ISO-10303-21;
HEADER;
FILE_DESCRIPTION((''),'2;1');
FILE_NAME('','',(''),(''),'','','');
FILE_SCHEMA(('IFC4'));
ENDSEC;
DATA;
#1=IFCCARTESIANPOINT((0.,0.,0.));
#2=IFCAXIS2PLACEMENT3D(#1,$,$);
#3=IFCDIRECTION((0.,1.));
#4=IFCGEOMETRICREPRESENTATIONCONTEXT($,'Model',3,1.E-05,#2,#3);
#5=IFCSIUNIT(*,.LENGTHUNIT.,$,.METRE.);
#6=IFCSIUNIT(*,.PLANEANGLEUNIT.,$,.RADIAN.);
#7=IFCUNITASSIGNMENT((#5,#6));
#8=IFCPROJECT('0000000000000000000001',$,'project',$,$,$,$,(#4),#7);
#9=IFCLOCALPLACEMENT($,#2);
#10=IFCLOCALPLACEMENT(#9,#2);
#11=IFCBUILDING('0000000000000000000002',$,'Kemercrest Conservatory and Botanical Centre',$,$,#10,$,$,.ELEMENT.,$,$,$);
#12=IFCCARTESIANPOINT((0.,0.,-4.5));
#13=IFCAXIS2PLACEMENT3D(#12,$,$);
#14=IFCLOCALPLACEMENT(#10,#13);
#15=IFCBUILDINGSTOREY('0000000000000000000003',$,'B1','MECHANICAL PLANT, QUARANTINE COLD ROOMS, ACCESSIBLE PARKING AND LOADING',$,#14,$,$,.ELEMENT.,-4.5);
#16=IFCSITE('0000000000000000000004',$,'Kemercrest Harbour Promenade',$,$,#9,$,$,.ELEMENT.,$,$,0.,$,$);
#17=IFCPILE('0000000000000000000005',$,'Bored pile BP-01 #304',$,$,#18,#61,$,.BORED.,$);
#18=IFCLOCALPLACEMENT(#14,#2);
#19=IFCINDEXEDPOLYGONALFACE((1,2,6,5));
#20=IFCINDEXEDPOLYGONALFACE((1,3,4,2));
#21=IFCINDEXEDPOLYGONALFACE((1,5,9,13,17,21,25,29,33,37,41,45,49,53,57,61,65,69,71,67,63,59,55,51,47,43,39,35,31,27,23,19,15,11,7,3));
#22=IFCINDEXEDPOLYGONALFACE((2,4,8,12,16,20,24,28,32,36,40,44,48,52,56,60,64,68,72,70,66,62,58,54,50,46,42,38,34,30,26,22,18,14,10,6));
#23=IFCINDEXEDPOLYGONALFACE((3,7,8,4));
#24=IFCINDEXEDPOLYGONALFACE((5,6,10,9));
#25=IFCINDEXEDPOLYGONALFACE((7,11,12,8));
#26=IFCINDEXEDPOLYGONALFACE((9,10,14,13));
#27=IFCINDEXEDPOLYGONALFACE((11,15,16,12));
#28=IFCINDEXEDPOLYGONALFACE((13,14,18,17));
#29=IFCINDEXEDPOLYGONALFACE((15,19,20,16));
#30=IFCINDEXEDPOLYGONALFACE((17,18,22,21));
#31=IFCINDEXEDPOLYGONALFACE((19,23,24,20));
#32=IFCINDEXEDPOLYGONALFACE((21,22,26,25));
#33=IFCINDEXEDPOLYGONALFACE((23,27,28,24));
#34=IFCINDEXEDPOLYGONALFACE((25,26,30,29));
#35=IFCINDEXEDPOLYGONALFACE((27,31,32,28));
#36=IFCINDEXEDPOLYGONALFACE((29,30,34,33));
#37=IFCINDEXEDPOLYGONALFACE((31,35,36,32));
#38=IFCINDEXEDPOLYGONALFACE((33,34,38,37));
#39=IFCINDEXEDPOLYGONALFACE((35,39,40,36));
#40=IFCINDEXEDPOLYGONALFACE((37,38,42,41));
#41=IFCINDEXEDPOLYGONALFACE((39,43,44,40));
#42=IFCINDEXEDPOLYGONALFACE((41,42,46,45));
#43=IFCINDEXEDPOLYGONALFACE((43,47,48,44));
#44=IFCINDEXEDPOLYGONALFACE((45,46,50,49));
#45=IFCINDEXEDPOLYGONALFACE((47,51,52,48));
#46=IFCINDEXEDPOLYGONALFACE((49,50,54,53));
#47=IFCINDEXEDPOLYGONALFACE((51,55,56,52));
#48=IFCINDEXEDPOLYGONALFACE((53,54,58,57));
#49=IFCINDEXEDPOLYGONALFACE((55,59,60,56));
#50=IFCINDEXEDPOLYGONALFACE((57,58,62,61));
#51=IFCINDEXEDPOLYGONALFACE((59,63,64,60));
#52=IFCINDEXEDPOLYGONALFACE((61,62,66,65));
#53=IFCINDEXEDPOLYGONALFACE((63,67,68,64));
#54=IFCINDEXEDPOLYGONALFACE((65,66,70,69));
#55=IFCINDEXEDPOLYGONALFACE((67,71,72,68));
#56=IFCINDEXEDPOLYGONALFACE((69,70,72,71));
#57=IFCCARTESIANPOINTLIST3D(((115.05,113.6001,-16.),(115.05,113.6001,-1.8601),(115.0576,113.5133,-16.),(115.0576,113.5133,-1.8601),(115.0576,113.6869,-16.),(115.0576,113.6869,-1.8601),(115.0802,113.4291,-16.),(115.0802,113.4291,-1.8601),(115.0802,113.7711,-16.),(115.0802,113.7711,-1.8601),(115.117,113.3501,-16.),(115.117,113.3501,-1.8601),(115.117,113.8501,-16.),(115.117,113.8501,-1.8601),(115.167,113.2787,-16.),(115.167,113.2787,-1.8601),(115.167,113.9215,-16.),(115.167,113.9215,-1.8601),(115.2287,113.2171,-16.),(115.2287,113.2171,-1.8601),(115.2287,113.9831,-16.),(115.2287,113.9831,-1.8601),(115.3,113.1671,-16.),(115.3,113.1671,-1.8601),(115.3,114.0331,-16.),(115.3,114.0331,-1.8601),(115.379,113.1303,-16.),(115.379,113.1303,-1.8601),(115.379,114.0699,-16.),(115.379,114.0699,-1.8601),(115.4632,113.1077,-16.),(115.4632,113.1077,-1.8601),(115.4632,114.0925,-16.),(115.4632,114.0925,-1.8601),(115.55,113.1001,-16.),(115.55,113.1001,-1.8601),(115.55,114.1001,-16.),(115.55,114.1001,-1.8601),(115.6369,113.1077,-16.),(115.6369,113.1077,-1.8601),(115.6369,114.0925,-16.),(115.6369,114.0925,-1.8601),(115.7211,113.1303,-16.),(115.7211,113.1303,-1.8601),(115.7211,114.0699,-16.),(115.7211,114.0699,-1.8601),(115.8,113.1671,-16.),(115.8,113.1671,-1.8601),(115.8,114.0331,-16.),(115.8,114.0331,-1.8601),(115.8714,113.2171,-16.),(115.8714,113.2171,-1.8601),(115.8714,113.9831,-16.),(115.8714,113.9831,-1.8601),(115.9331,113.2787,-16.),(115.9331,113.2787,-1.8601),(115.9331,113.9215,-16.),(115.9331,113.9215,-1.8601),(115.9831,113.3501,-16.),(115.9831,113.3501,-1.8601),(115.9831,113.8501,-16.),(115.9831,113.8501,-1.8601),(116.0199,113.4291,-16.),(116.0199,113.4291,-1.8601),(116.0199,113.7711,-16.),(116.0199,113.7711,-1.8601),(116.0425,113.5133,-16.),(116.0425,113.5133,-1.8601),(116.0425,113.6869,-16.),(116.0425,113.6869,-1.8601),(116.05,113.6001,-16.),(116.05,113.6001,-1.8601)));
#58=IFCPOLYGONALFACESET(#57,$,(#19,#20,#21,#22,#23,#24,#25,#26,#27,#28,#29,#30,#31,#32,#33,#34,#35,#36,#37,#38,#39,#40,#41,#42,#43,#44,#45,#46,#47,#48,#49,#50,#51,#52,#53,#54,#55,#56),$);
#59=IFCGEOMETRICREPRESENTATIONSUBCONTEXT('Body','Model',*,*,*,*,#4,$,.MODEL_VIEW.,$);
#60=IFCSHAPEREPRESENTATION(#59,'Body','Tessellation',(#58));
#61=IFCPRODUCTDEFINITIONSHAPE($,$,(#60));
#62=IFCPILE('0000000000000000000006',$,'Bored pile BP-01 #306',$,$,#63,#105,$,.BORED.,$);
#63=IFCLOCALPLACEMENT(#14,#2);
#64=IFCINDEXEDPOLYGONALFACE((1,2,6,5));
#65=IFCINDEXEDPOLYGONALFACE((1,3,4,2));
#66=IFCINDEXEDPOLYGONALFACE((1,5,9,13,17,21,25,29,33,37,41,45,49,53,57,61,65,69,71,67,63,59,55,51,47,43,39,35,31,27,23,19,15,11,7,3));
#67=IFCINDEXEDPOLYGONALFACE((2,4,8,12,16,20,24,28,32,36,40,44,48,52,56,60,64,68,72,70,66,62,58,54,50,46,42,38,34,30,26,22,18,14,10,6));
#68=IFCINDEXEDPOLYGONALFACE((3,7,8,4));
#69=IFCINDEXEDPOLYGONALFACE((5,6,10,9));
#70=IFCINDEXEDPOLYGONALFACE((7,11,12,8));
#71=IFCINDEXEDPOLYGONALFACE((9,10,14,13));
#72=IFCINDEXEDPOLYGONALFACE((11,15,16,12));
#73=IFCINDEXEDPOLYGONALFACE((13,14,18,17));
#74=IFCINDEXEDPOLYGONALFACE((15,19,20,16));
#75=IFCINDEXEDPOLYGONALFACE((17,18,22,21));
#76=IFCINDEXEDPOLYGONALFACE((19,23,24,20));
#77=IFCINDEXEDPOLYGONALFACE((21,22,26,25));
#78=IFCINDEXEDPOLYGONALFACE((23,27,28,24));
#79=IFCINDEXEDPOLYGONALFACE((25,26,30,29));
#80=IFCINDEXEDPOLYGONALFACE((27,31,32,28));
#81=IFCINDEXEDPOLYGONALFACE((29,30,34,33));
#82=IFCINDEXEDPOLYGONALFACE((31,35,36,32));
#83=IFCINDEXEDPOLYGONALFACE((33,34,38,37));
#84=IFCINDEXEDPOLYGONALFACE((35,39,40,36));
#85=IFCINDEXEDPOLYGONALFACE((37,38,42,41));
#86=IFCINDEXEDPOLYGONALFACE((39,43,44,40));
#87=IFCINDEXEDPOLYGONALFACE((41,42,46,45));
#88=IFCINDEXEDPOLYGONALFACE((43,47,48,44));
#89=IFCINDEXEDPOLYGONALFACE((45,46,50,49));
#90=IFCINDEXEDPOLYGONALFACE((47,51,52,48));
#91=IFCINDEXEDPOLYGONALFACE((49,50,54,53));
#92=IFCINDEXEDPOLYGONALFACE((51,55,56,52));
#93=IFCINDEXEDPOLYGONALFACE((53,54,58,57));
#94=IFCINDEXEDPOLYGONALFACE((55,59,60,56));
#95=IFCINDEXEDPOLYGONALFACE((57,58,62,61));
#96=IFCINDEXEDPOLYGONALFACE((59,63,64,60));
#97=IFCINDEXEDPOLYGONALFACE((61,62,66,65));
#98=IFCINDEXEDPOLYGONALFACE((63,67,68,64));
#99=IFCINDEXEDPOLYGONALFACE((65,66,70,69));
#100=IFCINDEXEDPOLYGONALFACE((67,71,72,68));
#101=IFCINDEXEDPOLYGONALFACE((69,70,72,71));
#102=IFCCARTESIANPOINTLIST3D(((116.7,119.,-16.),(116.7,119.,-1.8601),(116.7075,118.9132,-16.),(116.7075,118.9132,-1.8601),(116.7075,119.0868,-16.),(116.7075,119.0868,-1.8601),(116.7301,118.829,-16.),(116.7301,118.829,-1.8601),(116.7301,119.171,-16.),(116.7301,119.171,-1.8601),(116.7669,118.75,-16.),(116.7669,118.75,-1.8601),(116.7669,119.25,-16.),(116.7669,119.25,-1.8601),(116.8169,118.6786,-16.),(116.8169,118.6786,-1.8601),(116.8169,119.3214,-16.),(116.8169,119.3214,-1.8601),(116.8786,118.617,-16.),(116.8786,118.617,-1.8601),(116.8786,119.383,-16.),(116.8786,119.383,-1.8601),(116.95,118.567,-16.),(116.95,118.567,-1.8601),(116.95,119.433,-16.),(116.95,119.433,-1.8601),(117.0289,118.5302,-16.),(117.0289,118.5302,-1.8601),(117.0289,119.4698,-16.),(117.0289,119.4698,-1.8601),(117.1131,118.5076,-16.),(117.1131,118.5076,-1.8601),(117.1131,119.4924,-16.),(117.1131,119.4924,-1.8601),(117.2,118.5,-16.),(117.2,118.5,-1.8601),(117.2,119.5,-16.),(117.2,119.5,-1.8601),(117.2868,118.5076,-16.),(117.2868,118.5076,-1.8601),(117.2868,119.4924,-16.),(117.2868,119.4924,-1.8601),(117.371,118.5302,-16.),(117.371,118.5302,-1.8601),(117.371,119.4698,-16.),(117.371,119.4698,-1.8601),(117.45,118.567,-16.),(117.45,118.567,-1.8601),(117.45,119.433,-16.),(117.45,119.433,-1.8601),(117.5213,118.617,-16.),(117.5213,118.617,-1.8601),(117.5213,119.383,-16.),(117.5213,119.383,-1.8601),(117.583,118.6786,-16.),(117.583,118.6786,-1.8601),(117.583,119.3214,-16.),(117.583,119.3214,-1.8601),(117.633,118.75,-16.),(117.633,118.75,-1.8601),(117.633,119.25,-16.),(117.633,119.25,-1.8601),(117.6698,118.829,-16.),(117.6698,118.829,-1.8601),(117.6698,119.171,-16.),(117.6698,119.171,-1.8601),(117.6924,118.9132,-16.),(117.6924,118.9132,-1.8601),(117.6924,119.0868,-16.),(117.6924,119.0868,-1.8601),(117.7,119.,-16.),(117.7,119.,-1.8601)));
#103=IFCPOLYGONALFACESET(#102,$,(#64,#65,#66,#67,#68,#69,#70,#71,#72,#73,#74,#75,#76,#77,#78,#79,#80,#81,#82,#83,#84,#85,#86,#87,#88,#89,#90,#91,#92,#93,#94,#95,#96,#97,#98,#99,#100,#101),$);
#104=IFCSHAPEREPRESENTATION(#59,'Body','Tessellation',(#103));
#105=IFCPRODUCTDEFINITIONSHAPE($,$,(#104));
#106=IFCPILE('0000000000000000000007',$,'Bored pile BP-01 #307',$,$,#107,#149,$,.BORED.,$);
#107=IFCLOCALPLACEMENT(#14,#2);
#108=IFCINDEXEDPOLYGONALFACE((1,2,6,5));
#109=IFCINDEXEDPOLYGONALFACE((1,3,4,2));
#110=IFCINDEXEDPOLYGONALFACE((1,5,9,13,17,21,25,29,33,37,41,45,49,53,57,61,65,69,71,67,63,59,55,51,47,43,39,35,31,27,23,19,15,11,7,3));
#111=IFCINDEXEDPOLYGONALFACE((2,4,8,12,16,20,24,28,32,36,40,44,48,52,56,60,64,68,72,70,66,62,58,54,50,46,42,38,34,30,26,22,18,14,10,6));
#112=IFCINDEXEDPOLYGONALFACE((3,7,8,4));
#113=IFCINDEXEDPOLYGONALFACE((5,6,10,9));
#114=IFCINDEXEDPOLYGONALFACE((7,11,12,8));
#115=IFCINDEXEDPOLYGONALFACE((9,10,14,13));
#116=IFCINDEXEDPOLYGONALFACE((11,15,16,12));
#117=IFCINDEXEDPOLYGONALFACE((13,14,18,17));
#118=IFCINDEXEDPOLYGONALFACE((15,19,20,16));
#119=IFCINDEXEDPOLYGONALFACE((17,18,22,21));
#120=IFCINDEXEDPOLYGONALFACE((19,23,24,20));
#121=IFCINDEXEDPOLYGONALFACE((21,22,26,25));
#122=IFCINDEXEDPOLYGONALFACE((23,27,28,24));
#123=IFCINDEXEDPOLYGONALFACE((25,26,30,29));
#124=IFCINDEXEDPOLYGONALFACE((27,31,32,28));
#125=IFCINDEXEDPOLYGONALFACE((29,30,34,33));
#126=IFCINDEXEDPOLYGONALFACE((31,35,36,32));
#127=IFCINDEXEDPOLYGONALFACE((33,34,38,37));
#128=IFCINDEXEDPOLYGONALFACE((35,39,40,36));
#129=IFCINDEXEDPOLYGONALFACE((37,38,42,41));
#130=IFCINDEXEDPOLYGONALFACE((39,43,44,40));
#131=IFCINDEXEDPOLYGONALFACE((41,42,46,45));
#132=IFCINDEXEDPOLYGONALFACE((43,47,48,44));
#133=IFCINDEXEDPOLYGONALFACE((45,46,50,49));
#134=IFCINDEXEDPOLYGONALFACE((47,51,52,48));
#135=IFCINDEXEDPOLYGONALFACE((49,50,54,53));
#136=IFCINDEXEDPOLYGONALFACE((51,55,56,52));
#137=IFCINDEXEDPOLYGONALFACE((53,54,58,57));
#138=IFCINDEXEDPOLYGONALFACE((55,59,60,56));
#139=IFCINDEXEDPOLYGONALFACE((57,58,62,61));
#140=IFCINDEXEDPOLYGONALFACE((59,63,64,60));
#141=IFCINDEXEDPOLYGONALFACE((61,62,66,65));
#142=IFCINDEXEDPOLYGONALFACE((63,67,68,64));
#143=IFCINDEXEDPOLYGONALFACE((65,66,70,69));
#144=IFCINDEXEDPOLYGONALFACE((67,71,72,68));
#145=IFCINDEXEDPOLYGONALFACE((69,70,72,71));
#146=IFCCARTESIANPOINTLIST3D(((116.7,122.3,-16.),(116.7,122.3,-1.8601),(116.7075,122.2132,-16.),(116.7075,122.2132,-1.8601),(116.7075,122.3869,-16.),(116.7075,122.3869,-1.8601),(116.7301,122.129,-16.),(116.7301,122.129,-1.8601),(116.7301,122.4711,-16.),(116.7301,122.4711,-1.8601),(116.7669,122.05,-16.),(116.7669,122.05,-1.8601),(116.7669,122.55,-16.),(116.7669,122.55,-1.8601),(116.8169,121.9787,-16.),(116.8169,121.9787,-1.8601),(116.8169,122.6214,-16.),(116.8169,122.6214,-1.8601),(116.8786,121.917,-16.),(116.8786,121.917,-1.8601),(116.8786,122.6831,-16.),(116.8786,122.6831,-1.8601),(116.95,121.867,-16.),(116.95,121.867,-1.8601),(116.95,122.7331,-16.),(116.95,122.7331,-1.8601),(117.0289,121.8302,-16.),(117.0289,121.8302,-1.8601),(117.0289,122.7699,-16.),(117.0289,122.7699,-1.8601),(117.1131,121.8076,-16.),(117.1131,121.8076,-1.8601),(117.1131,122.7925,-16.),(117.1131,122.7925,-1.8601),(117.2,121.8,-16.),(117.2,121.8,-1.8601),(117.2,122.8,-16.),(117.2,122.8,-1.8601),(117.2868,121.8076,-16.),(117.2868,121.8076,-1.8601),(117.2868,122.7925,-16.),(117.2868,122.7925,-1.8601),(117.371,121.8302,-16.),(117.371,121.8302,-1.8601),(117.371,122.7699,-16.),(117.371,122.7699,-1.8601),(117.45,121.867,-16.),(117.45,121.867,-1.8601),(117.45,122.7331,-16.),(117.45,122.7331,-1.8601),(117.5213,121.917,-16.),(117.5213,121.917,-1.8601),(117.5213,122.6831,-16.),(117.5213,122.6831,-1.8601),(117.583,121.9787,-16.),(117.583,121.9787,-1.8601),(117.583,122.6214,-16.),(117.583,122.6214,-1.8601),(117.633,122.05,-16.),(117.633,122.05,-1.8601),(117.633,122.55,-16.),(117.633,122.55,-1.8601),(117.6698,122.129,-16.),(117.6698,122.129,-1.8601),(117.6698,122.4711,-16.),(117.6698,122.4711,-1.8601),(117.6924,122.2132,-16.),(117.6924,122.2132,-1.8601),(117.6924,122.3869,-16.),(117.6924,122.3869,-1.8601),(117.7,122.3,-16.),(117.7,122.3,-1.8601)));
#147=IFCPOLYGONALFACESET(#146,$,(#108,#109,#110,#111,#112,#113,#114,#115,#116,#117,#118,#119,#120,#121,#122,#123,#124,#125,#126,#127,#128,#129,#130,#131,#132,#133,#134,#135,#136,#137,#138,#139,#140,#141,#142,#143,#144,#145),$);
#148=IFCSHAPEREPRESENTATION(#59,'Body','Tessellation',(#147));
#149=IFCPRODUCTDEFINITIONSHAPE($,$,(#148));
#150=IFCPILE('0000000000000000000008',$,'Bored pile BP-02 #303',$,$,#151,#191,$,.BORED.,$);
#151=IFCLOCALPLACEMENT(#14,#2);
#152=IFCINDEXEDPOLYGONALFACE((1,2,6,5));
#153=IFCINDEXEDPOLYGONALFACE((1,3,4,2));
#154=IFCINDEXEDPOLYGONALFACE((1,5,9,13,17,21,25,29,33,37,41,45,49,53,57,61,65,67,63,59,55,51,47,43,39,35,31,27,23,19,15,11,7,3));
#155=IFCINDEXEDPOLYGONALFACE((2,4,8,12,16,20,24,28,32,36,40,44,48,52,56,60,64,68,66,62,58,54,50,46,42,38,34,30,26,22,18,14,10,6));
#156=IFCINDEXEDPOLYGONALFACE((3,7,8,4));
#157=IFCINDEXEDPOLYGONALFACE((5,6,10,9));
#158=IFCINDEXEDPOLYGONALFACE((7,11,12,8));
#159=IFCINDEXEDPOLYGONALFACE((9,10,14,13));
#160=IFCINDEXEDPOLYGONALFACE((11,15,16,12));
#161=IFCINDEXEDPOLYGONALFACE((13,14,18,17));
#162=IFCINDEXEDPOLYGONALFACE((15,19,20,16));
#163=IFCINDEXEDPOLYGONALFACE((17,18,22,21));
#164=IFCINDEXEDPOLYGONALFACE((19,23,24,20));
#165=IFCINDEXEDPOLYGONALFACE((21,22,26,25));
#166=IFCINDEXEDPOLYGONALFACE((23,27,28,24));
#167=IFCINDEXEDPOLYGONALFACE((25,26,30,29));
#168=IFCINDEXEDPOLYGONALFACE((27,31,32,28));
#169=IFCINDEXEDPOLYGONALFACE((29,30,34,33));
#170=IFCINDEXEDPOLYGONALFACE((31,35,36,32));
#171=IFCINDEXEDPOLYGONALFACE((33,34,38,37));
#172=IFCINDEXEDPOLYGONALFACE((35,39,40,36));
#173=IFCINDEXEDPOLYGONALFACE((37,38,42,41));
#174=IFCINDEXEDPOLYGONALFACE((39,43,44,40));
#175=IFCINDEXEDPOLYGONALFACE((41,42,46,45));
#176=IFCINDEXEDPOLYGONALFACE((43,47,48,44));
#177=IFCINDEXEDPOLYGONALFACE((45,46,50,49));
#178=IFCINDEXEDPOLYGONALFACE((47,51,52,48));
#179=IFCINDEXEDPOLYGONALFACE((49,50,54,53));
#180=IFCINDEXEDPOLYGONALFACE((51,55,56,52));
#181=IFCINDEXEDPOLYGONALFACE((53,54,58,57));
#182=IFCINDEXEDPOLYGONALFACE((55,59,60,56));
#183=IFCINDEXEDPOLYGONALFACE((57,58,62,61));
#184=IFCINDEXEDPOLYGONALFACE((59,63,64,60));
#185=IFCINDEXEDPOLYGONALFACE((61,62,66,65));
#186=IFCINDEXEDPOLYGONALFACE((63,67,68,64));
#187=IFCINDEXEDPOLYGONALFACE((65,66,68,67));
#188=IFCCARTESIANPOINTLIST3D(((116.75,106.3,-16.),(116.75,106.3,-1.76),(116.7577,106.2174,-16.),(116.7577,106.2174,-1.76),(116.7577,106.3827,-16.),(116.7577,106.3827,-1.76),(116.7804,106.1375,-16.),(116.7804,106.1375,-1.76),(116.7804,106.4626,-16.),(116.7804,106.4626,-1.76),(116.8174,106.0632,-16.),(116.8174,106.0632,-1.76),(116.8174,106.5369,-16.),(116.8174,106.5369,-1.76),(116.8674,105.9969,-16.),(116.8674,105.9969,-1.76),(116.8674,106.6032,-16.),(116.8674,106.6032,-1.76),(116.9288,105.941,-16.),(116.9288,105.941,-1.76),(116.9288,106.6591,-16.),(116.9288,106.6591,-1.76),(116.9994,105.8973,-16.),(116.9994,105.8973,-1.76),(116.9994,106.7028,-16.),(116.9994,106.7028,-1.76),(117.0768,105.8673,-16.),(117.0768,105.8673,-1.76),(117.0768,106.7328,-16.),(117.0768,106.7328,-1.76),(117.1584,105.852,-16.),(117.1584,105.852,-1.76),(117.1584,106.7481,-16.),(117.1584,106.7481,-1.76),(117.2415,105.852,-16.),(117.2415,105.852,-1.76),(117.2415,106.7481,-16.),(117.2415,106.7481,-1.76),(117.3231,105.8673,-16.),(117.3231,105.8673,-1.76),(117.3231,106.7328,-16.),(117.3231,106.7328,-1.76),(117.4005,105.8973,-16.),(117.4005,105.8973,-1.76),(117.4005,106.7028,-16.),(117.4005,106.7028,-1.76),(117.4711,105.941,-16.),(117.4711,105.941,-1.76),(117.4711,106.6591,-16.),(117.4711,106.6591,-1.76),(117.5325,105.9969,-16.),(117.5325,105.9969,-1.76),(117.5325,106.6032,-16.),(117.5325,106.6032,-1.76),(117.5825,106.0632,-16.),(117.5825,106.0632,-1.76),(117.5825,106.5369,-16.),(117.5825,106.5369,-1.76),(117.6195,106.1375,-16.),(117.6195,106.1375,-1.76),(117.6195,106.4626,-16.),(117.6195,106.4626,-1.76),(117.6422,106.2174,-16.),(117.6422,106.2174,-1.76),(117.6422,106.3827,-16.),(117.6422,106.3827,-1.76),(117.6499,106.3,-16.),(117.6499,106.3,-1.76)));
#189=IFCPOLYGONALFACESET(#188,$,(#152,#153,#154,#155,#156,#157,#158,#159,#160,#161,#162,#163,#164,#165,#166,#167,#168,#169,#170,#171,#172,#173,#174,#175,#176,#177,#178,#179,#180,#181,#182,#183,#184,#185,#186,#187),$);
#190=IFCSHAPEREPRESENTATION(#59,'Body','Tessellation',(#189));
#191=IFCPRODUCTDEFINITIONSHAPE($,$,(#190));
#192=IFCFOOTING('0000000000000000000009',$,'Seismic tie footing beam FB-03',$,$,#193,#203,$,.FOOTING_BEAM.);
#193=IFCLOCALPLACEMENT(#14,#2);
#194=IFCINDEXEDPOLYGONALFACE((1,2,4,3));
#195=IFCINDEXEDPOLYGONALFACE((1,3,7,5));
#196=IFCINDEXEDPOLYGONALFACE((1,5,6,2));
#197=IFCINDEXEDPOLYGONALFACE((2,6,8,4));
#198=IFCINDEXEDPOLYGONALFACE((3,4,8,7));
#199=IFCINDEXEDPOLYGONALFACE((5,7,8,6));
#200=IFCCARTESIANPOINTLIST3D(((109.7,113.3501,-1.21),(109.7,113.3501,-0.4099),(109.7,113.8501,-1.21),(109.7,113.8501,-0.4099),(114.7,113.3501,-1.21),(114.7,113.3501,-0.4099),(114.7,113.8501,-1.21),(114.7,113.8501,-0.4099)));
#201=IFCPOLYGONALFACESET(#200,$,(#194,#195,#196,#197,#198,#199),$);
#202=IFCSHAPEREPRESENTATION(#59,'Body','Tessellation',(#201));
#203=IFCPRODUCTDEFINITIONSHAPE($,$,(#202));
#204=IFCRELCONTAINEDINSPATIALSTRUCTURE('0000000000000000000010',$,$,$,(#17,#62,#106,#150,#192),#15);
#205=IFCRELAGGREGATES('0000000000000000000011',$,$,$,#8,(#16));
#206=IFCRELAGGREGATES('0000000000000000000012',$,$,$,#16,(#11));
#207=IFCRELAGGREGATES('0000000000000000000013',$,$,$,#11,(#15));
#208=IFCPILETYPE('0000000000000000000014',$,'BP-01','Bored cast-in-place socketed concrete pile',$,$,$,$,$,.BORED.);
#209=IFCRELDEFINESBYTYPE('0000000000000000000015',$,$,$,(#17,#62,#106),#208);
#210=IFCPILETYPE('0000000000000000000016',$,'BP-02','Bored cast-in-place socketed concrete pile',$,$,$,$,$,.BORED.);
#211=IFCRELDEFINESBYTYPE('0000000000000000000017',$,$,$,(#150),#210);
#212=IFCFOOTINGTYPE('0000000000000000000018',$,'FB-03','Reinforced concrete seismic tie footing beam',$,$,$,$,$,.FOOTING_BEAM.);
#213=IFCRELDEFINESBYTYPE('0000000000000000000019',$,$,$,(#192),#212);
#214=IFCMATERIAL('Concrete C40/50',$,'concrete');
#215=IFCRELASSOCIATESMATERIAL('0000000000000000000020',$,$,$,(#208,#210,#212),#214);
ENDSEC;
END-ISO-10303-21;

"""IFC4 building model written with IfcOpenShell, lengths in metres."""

from ifc_helpers import new_model, si_unit, direction, frame, origin, origin_2d, place, context, subcontext, project, spatial, rectangle, circle, extrude, material, material_profile, profile_set, type_object, element, save


model = new_model("IFC4")

# Units and contexts
model_context = context("Model", 3, precision=1e-05, world=origin(), true_north=direction((0.0, 1.0)))
body_context = subcontext(model_context, "Body", "Model", "MODEL_VIEW")
ifc_project = project(units=[si_unit("LENGTHUNIT", "METRE"), si_unit("PLANEANGLEUNIT", "RADIAN")], contexts=[model_context])

# Site, building, storey
site_placement = place(None, origin())
site = spatial("IfcSite", under=ifc_project, at=site_placement, Name="Kemercrest Harbour Promenade", CompositionType="ELEMENT", RefElevation=0.0)
building_placement = place(site_placement, origin())
building = spatial("IfcBuilding", under=site, at=building_placement, Name="Kemercrest Conservatory and Botanical Centre", CompositionType="ELEMENT")
storey_placement = place(building_placement, frame((0.0, 0.0, -4.5)))
storey = spatial("IfcBuildingStorey", under=building, at=storey_placement, Name="B1", Description="MECHANICAL PLANT, QUARANTINE COLD ROOMS, ACCESSIBLE PARKING AND LOADING", CompositionType="ELEMENT", Elevation=-4.5)

# Piles
ifc_material_1 = material(Name="Concrete C40/50", Category="concrete")
ifc_material_profile_1 = material_profile(ifc_material_1, circle(Radius=0.5, at=origin_2d()), Name="BORED PILE 1000")
ifc_profile_set_1 = profile_set([ifc_material_profile_1], Name="Concrete C40/50")
pile_type_1 = type_object("IfcPileType", Name="BP-01", Description="Bored cast-in-place socketed concrete pile", PredefinedType="BORED", material=ifc_profile_set_1)
for number, where, z_axis, x_axis, name in (
    (1, (115.55, 113.6001, -1.8601), (0.0, 0.0, -1.0), (1.0, 0.0, 0.0), "Bored pile BP-01 #304"),
    (2, (117.2, 119.0, -1.8601), (0.0, 0.0, -1.0), (1.0, 0.0, 0.0), "Bored pile BP-01 #306"),
    (3, (117.2, 122.3, -1.8601), (0.0, 0.0, -1.0), (1.0, 0.0, 0.0), "Bored pile BP-01 #307"),
):
    element("IfcPile", number, at=place(storey_placement, frame(where, z_axis=z_axis, x_axis=x_axis)), inside=storey, type_object=pile_type_1, Name=name, PredefinedType="BORED", context=body_context, shape_type="SweptSolid", body=[
        extrude(circle(Radius=0.5, at=origin_2d()), origin(), (0.0, 0.0, 1.0), 14.1399),
    ])
ifc_material_profile_2 = material_profile(ifc_material_1, circle(Radius=0.45, at=origin_2d()), Name="BORED PILE 900")
ifc_profile_set_2 = profile_set([ifc_material_profile_2], Name="Concrete C40/50")
pile_type_2 = type_object("IfcPileType", Name="BP-02", Description="Bored cast-in-place socketed concrete pile", PredefinedType="BORED", material=ifc_profile_set_2)
pile_1_placement = place(storey_placement, frame((117.2, 106.3, -1.76), z_axis=(0.0, 0.0, -1.0), x_axis=(1.0, 0.0, 0.0)))
element("IfcPile", 4, at=pile_1_placement, inside=storey, type_object=pile_type_2, Name="Bored pile BP-02 #303", PredefinedType="BORED", context=body_context, shape_type="SweptSolid", body=[
    extrude(circle(Radius=0.45, at=origin_2d()), origin(), (0.0, 0.0, 1.0), 14.24),
])

# Footing
footing_type_1 = type_object("IfcFootingType", Name="FB-03", Description="Reinforced concrete seismic tie footing beam", PredefinedType="FOOTING_BEAM", material=ifc_material_1)
footing_1_placement = place(storey_placement, frame((112.2, 113.6001, -1.21), z_axis=(0.0, 0.0, 1.0), x_axis=(1.0, 0.0, 0.0)))
element("IfcFooting", 5, at=footing_1_placement, inside=storey, type_object=footing_type_1, Name="Seismic tie footing beam FB-03", PredefinedType="FOOTING_BEAM", context=body_context, shape_type="SweptSolid", body=[
    extrude(rectangle(XDim=5.0, YDim=0.5, at=origin_2d()), origin(), (0.0, 0.0, 1.0), 0.8),
])

save(model, "model.ifc")
